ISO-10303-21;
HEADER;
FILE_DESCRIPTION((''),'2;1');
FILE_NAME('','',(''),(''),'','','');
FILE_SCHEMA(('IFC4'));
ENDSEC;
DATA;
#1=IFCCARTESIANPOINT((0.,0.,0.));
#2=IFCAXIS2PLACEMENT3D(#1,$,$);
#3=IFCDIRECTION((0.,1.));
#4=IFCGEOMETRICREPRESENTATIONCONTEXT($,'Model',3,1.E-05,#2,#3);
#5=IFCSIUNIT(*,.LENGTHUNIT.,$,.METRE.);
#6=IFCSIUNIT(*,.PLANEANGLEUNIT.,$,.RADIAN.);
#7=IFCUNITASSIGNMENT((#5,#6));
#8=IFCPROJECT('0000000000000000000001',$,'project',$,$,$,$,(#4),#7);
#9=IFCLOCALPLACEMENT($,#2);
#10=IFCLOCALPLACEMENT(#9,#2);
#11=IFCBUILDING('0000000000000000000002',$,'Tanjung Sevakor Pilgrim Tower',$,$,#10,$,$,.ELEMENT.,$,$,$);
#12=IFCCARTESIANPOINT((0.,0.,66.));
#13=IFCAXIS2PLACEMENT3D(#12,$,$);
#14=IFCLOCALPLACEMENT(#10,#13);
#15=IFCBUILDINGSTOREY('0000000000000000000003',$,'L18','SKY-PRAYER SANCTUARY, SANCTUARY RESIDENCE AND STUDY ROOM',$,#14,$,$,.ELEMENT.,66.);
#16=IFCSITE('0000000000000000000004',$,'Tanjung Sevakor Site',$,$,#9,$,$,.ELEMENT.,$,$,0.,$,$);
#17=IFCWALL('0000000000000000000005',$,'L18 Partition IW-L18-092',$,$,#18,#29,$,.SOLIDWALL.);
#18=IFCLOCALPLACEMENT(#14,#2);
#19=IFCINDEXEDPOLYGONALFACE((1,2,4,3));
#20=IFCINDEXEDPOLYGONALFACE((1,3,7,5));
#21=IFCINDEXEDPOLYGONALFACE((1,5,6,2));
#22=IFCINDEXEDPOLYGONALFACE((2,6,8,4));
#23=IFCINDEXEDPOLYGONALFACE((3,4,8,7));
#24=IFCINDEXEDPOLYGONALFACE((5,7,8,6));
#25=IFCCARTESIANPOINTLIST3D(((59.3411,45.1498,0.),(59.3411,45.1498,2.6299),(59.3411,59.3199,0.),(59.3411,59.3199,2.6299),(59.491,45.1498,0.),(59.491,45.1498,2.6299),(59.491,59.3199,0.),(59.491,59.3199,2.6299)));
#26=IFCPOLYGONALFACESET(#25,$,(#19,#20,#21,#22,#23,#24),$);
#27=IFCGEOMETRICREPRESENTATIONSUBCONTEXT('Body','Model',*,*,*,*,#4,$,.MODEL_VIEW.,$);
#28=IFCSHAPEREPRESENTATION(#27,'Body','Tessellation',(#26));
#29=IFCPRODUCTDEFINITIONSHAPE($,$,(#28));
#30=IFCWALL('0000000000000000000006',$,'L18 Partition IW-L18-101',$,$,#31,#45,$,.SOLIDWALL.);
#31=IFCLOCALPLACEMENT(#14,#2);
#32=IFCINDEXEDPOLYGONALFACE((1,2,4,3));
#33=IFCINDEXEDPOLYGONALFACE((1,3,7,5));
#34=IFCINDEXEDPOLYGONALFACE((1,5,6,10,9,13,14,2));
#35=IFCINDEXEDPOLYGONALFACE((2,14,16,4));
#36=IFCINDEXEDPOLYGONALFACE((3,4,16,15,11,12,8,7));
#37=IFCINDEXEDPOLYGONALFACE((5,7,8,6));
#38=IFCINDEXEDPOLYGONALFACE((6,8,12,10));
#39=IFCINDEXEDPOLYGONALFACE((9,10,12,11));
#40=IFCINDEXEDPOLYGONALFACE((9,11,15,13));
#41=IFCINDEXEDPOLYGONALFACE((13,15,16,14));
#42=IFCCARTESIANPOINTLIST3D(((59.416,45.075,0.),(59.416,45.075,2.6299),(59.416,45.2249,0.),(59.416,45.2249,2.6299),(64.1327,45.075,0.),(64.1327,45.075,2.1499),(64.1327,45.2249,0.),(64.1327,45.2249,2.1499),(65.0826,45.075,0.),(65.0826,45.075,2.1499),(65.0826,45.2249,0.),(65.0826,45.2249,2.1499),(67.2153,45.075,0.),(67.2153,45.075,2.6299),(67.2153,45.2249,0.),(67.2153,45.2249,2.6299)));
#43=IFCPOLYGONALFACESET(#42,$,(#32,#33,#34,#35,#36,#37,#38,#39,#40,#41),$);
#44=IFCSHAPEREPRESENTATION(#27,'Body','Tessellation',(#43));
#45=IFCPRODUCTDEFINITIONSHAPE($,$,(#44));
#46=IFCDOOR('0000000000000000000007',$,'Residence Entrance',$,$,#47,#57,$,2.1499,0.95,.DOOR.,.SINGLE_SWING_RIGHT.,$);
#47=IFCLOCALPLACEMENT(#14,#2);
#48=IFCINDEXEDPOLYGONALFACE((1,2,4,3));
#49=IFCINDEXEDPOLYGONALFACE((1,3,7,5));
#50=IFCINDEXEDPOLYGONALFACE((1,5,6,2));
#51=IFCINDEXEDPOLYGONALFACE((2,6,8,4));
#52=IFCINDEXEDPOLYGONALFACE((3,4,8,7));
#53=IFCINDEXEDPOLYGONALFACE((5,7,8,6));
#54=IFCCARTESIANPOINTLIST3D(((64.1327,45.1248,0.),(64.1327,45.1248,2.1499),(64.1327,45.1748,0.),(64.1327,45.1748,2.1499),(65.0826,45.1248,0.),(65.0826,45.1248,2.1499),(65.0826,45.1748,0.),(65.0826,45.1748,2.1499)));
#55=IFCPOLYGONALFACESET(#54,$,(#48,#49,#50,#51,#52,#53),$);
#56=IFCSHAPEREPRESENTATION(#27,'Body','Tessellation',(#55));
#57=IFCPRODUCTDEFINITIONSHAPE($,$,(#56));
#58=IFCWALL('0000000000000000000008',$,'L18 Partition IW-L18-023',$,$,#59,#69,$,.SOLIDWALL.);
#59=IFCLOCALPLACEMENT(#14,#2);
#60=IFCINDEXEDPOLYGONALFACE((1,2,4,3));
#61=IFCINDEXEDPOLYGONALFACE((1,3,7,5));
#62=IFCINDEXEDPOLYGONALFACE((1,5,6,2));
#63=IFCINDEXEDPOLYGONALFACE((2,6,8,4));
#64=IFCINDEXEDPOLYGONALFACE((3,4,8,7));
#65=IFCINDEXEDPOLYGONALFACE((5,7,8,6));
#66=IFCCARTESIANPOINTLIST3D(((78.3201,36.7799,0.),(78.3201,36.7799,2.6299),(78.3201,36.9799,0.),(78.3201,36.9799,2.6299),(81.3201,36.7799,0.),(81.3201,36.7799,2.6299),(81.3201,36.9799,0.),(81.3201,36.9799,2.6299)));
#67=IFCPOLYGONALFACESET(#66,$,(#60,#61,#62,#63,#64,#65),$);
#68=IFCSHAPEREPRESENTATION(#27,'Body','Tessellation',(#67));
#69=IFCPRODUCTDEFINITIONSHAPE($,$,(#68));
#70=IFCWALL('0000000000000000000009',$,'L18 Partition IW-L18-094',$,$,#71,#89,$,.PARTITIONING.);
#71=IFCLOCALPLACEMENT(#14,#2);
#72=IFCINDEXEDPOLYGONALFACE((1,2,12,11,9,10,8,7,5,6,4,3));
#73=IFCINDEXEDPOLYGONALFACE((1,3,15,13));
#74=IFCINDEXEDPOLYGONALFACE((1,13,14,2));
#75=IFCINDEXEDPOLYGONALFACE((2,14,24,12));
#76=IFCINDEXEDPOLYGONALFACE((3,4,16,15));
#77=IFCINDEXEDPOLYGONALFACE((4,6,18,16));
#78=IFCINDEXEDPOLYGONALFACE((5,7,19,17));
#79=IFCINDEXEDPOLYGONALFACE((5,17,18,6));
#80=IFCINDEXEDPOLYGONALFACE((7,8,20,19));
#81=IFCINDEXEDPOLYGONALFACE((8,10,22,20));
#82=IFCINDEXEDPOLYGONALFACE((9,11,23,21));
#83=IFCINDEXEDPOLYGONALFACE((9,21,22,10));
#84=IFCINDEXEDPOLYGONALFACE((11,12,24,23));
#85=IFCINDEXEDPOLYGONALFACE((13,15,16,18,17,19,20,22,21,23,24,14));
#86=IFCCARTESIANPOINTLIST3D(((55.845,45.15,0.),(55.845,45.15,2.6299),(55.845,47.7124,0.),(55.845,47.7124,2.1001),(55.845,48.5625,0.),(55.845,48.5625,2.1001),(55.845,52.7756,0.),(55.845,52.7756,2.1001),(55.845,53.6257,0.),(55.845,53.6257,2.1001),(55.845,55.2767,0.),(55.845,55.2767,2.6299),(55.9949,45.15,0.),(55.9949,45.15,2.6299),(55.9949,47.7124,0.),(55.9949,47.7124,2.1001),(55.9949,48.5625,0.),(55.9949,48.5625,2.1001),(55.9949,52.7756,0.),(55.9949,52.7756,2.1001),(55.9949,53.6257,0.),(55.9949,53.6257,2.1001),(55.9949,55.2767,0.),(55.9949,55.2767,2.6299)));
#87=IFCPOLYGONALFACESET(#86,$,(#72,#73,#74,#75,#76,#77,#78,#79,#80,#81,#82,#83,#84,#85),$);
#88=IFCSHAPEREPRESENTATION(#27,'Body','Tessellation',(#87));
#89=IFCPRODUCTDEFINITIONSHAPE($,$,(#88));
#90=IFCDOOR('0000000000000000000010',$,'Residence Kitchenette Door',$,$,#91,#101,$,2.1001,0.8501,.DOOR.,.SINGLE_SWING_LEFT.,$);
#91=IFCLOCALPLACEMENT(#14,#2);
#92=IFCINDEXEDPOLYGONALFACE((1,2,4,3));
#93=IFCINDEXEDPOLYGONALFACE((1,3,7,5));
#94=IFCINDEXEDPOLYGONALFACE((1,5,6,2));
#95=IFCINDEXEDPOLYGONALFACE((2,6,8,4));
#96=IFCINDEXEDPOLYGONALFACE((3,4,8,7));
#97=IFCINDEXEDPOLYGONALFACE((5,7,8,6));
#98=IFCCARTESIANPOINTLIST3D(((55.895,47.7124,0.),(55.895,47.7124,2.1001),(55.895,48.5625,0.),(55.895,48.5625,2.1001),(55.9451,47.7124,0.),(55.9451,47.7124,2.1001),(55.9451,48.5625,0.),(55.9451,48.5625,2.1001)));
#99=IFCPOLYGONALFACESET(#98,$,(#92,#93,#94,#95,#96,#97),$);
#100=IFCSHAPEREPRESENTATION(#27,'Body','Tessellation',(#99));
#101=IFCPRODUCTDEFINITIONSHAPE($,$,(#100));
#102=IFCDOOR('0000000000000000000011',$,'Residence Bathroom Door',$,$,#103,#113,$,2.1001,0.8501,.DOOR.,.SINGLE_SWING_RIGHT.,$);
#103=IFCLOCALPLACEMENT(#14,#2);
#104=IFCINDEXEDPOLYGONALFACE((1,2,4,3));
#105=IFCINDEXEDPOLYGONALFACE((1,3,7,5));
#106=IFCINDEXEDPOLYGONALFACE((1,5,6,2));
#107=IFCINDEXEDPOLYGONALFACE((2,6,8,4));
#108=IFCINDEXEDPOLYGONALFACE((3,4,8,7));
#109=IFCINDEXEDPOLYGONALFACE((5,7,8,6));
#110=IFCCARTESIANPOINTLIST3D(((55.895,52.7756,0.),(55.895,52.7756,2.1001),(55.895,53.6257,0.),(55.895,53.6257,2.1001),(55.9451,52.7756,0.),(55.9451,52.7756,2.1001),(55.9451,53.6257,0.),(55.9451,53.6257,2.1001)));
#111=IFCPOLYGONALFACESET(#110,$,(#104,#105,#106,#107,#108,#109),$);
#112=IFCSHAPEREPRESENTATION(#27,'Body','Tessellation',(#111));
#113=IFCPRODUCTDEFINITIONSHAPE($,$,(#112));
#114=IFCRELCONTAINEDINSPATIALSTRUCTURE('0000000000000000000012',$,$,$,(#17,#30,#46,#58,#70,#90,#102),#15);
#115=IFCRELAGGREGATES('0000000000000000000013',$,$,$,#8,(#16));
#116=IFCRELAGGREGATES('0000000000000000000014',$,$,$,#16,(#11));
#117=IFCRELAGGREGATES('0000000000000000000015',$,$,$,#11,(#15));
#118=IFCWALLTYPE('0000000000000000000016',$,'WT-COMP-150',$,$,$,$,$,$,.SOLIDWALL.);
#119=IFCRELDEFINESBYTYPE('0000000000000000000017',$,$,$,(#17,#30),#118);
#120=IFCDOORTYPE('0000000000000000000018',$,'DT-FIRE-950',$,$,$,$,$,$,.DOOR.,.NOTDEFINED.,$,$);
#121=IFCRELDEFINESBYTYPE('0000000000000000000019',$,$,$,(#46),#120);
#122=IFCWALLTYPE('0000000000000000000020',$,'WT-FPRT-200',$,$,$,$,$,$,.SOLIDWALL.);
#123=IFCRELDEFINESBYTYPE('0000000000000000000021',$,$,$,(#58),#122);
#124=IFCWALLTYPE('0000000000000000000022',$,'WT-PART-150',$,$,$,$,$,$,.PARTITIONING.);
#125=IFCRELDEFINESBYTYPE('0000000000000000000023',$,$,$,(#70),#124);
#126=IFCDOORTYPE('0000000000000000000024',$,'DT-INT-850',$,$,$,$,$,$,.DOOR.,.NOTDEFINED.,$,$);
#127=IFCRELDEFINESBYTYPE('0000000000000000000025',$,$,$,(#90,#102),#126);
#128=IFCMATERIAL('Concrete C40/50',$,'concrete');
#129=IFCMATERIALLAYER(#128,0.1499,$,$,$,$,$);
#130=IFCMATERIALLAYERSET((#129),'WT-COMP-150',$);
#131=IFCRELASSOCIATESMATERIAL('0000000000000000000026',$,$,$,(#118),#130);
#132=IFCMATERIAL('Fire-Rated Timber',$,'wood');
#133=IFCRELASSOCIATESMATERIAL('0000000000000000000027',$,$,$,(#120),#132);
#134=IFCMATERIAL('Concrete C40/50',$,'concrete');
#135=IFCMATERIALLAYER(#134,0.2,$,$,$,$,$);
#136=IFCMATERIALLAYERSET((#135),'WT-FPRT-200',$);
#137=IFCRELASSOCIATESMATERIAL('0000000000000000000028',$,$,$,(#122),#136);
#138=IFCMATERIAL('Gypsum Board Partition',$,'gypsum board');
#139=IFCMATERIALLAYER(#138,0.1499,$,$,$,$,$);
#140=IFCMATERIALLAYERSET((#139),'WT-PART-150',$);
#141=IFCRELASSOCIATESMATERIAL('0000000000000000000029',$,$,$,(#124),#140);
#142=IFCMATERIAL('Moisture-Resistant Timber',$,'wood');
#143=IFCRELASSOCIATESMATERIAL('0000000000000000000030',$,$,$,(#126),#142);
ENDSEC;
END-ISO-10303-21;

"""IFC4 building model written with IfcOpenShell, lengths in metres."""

from ifc_helpers import new_model, si_unit, direction, frame, frame_2d, origin, place, context, subcontext, project, spatial, rectangle, extrude, material, layer, layer_set, type_object, element, fill, save


model = new_model("IFC4")

# Units and contexts
model_context = context("Model", 3, precision=1e-05, world=origin(), true_north=direction((0.0, 1.0)))
body_context = subcontext(model_context, "Body", "Model", "MODEL_VIEW")
ifc_project = project(units=[si_unit("LENGTHUNIT", "METRE"), si_unit("PLANEANGLEUNIT", "RADIAN")], contexts=[model_context])

# Site, building, storey
site_placement = place(None, origin())
site = spatial("IfcSite", under=ifc_project, at=site_placement, Name="Tanjung Sevakor Site", CompositionType="ELEMENT", RefElevation=0.0)
building_placement = place(site_placement, origin())
building = spatial("IfcBuilding", under=site, at=building_placement, Name="Tanjung Sevakor Pilgrim Tower", CompositionType="ELEMENT")
storey_placement = place(building_placement, frame((0.0, 0.0, 66.0)))
storey = spatial("IfcBuildingStorey", under=building, at=storey_placement, Name="L18", Description="SKY-PRAYER SANCTUARY, SANCTUARY RESIDENCE AND STUDY ROOM", CompositionType="ELEMENT", Elevation=66.0)

# Shared definitions
ifc_material_1 = material(Name="Concrete C40/50", Category="concrete")
ifc_layer_1 = layer(ifc_material_1, 0.1499)
ifc_layer_set_1 = layer_set([ifc_layer_1], Name="WT-COMP-150")
wall_type_1 = type_object("IfcWallType", Name="WT-COMP-150", PredefinedType="SOLIDWALL", material=ifc_layer_set_1)

# Wall
wall_1_placement = place(storey_placement, frame((59.416, 45.1499, 0.0), z_axis=(0.0, 0.0, 1.0), x_axis=(0.0, 1.0, 0.0)))
element("IfcWall", 1, at=wall_1_placement, inside=storey, type_object=wall_type_1, Name="L18 Partition IW-L18-092", PredefinedType="SOLIDWALL", context=body_context, shape_type="SweptSolid", body=[
    extrude(rectangle(XDim=14.1702, YDim=0.1499, at=frame_2d((7.085, 0.0))), origin(), (0.0, 0.0, 1.0), 2.6299),
])

# Wall, opening, door
wall_2_placement = place(storey_placement, frame((59.416, 45.1499, 0.0), z_axis=(0.0, 0.0, 1.0), x_axis=(1.0, 0.0, 0.0)))
wall_2 = element("IfcWall", 2, at=wall_2_placement, inside=storey, type_object=wall_type_1, Name="L18 Partition IW-L18-101", PredefinedType="SOLIDWALL", context=body_context, shape_type="SweptSolid", body=[
    extrude(rectangle(XDim=7.7993, YDim=0.1499, at=frame_2d((3.8997, 0.0))), origin(), (0.0, 0.0, 1.0), 2.6299),
])
opening_1_placement = place(wall_2_placement, frame((4.7166, 0.0, 0.0)))
opening_1 = element("IfcOpeningElement", 3, at=opening_1_placement, cuts=wall_2, PredefinedType="OPENING", context=body_context, shape_type="SweptSolid", body=[
    extrude(rectangle(XDim=0.95, YDim=2.1499, at=frame_2d((0.4751, 1.075))), frame((0.0, 0.085, 0.0), z_axis=(0.0, -1.0, 0.0), x_axis=(1.0, 0.0, 0.0)), (0.0, 0.0, 1.0), 0.1699),
])
ifc_material_2 = material(Name="Fire-Rated Timber", Category="wood")
door_type_1 = type_object("IfcDoorType", Name="DT-FIRE-950", OperationType="NOTDEFINED", PredefinedType="DOOR", material=ifc_material_2)
door_1_placement = place(opening_1_placement, origin())
door_1 = element("IfcDoor", 4, at=door_1_placement, inside=storey, type_object=door_type_1, Name="Residence Entrance", OperationType="SINGLE_SWING_RIGHT", OverallHeight=2.1499, OverallWidth=0.95, PredefinedType="DOOR", context=body_context, shape_type="SweptSolid", body=[
    extrude(rectangle(XDim=0.95, YDim=2.1499, at=frame_2d((0.4751, 1.075))), frame((0.0, 0.0249, 0.0), z_axis=(0.0, -1.0, 0.0), x_axis=(1.0, 0.0, 0.0)), (0.0, 0.0, 1.0), 0.05),
])
fill(opening_1, door_1)

# Wall
ifc_material_3 = material(Name="Concrete C40/50", Category="concrete")
ifc_layer_2 = layer(ifc_material_3, 0.2)
ifc_layer_set_2 = layer_set([ifc_layer_2], Name="WT-FPRT-200")
wall_type_2 = type_object("IfcWallType", Name="WT-FPRT-200", PredefinedType="SOLIDWALL", material=ifc_layer_set_2)
wall_3_placement = place(storey_placement, frame((78.3201, 36.8799, 0.0), z_axis=(0.0, 0.0, 1.0), x_axis=(1.0, 0.0, 0.0)))
element("IfcWall", 5, at=wall_3_placement, inside=storey, type_object=wall_type_2, Name="L18 Partition IW-L18-023", PredefinedType="SOLIDWALL", context=body_context, shape_type="SweptSolid", body=[
    extrude(rectangle(XDim=3.0, YDim=0.2, at=frame_2d((1.5, 0.0))), origin(), (0.0, 0.0, 1.0), 2.6299),
])

# Wall, openings, doors
ifc_material_4 = material(Name="Gypsum Board Partition", Category="gypsum board")
ifc_layer_3 = layer(ifc_material_4, 0.1499)
ifc_layer_set_3 = layer_set([ifc_layer_3], Name="WT-PART-150")
wall_type_3 = type_object("IfcWallType", Name="WT-PART-150", PredefinedType="PARTITIONING", material=ifc_layer_set_3)
wall_4_placement = place(storey_placement, frame((55.9199, 45.1499, 0.0), z_axis=(0.0, 0.0, 1.0), x_axis=(0.0, 1.0, 0.0)))
wall_4 = element("IfcWall", 6, at=wall_4_placement, inside=storey, type_object=wall_type_3, Name="L18 Partition IW-L18-094", PredefinedType="PARTITIONING", context=body_context, shape_type="SweptSolid", body=[
    extrude(rectangle(XDim=10.1267, YDim=0.1499, at=frame_2d((5.0635, 0.0))), origin(), (0.0, 0.0, 1.0), 2.6299),
])
opening_2_placement = place(wall_4_placement, frame((2.5625, 0.0, 0.0)))
opening_2 = element("IfcOpeningElement", 7, at=opening_2_placement, cuts=wall_4, PredefinedType="OPENING", context=body_context, shape_type="SweptSolid", body=[
    extrude(rectangle(XDim=0.8501, YDim=2.1001, at=frame_2d((0.425, 1.05))), frame((0.0, 0.085, 0.0), z_axis=(0.0, -1.0, 0.0), x_axis=(1.0, 0.0, 0.0)), (0.0, 0.0, 1.0), 0.1699),
])
opening_3_placement = place(wall_4_placement, frame((7.6257, 0.0, 0.0)))
opening_3 = element("IfcOpeningElement", 8, at=opening_3_placement, cuts=wall_4, PredefinedType="OPENING", context=body_context, shape_type="SweptSolid", body=[
    extrude(rectangle(XDim=0.8501, YDim=2.1001, at=frame_2d((0.425, 1.05))), frame((0.0, 0.085, 0.0), z_axis=(0.0, -1.0, 0.0), x_axis=(1.0, 0.0, 0.0)), (0.0, 0.0, 1.0), 0.1699),
])
ifc_material_5 = material(Name="Moisture-Resistant Timber", Category="wood")
door_type_2 = type_object("IfcDoorType", Name="DT-INT-850", OperationType="NOTDEFINED", PredefinedType="DOOR", material=ifc_material_5)
door_2_placement = place(opening_2_placement, origin())
door_2 = element("IfcDoor", 9, at=door_2_placement, inside=storey, type_object=door_type_2, Name="Residence Kitchenette Door", OperationType="SINGLE_SWING_LEFT", OverallHeight=2.1001, OverallWidth=0.8501, PredefinedType="DOOR", context=body_context, shape_type="SweptSolid", body=[
    extrude(rectangle(XDim=0.8501, YDim=2.1001, at=frame_2d((0.425, 1.05))), frame((0.0, 0.0249, 0.0), z_axis=(0.0, -1.0, 0.0), x_axis=(1.0, 0.0, 0.0)), (0.0, 0.0, 1.0), 0.05),
])
fill(opening_2, door_2)
door_3_placement = place(opening_3_placement, origin())
door_3 = element("IfcDoor", 10, at=door_3_placement, inside=storey, type_object=door_type_2, Name="Residence Bathroom Door", OperationType="SINGLE_SWING_RIGHT", OverallHeight=2.1001, OverallWidth=0.8501, PredefinedType="DOOR", context=body_context, shape_type="SweptSolid", body=[
    extrude(rectangle(XDim=0.8501, YDim=2.1001, at=frame_2d((0.425, 1.05))), frame((0.0, 0.0249, 0.0), z_axis=(0.0, -1.0, 0.0), x_axis=(1.0, 0.0, 0.0)), (0.0, 0.0, 1.0), 0.05),
])
fill(opening_3, door_3)

save(model, "model.ifc")
